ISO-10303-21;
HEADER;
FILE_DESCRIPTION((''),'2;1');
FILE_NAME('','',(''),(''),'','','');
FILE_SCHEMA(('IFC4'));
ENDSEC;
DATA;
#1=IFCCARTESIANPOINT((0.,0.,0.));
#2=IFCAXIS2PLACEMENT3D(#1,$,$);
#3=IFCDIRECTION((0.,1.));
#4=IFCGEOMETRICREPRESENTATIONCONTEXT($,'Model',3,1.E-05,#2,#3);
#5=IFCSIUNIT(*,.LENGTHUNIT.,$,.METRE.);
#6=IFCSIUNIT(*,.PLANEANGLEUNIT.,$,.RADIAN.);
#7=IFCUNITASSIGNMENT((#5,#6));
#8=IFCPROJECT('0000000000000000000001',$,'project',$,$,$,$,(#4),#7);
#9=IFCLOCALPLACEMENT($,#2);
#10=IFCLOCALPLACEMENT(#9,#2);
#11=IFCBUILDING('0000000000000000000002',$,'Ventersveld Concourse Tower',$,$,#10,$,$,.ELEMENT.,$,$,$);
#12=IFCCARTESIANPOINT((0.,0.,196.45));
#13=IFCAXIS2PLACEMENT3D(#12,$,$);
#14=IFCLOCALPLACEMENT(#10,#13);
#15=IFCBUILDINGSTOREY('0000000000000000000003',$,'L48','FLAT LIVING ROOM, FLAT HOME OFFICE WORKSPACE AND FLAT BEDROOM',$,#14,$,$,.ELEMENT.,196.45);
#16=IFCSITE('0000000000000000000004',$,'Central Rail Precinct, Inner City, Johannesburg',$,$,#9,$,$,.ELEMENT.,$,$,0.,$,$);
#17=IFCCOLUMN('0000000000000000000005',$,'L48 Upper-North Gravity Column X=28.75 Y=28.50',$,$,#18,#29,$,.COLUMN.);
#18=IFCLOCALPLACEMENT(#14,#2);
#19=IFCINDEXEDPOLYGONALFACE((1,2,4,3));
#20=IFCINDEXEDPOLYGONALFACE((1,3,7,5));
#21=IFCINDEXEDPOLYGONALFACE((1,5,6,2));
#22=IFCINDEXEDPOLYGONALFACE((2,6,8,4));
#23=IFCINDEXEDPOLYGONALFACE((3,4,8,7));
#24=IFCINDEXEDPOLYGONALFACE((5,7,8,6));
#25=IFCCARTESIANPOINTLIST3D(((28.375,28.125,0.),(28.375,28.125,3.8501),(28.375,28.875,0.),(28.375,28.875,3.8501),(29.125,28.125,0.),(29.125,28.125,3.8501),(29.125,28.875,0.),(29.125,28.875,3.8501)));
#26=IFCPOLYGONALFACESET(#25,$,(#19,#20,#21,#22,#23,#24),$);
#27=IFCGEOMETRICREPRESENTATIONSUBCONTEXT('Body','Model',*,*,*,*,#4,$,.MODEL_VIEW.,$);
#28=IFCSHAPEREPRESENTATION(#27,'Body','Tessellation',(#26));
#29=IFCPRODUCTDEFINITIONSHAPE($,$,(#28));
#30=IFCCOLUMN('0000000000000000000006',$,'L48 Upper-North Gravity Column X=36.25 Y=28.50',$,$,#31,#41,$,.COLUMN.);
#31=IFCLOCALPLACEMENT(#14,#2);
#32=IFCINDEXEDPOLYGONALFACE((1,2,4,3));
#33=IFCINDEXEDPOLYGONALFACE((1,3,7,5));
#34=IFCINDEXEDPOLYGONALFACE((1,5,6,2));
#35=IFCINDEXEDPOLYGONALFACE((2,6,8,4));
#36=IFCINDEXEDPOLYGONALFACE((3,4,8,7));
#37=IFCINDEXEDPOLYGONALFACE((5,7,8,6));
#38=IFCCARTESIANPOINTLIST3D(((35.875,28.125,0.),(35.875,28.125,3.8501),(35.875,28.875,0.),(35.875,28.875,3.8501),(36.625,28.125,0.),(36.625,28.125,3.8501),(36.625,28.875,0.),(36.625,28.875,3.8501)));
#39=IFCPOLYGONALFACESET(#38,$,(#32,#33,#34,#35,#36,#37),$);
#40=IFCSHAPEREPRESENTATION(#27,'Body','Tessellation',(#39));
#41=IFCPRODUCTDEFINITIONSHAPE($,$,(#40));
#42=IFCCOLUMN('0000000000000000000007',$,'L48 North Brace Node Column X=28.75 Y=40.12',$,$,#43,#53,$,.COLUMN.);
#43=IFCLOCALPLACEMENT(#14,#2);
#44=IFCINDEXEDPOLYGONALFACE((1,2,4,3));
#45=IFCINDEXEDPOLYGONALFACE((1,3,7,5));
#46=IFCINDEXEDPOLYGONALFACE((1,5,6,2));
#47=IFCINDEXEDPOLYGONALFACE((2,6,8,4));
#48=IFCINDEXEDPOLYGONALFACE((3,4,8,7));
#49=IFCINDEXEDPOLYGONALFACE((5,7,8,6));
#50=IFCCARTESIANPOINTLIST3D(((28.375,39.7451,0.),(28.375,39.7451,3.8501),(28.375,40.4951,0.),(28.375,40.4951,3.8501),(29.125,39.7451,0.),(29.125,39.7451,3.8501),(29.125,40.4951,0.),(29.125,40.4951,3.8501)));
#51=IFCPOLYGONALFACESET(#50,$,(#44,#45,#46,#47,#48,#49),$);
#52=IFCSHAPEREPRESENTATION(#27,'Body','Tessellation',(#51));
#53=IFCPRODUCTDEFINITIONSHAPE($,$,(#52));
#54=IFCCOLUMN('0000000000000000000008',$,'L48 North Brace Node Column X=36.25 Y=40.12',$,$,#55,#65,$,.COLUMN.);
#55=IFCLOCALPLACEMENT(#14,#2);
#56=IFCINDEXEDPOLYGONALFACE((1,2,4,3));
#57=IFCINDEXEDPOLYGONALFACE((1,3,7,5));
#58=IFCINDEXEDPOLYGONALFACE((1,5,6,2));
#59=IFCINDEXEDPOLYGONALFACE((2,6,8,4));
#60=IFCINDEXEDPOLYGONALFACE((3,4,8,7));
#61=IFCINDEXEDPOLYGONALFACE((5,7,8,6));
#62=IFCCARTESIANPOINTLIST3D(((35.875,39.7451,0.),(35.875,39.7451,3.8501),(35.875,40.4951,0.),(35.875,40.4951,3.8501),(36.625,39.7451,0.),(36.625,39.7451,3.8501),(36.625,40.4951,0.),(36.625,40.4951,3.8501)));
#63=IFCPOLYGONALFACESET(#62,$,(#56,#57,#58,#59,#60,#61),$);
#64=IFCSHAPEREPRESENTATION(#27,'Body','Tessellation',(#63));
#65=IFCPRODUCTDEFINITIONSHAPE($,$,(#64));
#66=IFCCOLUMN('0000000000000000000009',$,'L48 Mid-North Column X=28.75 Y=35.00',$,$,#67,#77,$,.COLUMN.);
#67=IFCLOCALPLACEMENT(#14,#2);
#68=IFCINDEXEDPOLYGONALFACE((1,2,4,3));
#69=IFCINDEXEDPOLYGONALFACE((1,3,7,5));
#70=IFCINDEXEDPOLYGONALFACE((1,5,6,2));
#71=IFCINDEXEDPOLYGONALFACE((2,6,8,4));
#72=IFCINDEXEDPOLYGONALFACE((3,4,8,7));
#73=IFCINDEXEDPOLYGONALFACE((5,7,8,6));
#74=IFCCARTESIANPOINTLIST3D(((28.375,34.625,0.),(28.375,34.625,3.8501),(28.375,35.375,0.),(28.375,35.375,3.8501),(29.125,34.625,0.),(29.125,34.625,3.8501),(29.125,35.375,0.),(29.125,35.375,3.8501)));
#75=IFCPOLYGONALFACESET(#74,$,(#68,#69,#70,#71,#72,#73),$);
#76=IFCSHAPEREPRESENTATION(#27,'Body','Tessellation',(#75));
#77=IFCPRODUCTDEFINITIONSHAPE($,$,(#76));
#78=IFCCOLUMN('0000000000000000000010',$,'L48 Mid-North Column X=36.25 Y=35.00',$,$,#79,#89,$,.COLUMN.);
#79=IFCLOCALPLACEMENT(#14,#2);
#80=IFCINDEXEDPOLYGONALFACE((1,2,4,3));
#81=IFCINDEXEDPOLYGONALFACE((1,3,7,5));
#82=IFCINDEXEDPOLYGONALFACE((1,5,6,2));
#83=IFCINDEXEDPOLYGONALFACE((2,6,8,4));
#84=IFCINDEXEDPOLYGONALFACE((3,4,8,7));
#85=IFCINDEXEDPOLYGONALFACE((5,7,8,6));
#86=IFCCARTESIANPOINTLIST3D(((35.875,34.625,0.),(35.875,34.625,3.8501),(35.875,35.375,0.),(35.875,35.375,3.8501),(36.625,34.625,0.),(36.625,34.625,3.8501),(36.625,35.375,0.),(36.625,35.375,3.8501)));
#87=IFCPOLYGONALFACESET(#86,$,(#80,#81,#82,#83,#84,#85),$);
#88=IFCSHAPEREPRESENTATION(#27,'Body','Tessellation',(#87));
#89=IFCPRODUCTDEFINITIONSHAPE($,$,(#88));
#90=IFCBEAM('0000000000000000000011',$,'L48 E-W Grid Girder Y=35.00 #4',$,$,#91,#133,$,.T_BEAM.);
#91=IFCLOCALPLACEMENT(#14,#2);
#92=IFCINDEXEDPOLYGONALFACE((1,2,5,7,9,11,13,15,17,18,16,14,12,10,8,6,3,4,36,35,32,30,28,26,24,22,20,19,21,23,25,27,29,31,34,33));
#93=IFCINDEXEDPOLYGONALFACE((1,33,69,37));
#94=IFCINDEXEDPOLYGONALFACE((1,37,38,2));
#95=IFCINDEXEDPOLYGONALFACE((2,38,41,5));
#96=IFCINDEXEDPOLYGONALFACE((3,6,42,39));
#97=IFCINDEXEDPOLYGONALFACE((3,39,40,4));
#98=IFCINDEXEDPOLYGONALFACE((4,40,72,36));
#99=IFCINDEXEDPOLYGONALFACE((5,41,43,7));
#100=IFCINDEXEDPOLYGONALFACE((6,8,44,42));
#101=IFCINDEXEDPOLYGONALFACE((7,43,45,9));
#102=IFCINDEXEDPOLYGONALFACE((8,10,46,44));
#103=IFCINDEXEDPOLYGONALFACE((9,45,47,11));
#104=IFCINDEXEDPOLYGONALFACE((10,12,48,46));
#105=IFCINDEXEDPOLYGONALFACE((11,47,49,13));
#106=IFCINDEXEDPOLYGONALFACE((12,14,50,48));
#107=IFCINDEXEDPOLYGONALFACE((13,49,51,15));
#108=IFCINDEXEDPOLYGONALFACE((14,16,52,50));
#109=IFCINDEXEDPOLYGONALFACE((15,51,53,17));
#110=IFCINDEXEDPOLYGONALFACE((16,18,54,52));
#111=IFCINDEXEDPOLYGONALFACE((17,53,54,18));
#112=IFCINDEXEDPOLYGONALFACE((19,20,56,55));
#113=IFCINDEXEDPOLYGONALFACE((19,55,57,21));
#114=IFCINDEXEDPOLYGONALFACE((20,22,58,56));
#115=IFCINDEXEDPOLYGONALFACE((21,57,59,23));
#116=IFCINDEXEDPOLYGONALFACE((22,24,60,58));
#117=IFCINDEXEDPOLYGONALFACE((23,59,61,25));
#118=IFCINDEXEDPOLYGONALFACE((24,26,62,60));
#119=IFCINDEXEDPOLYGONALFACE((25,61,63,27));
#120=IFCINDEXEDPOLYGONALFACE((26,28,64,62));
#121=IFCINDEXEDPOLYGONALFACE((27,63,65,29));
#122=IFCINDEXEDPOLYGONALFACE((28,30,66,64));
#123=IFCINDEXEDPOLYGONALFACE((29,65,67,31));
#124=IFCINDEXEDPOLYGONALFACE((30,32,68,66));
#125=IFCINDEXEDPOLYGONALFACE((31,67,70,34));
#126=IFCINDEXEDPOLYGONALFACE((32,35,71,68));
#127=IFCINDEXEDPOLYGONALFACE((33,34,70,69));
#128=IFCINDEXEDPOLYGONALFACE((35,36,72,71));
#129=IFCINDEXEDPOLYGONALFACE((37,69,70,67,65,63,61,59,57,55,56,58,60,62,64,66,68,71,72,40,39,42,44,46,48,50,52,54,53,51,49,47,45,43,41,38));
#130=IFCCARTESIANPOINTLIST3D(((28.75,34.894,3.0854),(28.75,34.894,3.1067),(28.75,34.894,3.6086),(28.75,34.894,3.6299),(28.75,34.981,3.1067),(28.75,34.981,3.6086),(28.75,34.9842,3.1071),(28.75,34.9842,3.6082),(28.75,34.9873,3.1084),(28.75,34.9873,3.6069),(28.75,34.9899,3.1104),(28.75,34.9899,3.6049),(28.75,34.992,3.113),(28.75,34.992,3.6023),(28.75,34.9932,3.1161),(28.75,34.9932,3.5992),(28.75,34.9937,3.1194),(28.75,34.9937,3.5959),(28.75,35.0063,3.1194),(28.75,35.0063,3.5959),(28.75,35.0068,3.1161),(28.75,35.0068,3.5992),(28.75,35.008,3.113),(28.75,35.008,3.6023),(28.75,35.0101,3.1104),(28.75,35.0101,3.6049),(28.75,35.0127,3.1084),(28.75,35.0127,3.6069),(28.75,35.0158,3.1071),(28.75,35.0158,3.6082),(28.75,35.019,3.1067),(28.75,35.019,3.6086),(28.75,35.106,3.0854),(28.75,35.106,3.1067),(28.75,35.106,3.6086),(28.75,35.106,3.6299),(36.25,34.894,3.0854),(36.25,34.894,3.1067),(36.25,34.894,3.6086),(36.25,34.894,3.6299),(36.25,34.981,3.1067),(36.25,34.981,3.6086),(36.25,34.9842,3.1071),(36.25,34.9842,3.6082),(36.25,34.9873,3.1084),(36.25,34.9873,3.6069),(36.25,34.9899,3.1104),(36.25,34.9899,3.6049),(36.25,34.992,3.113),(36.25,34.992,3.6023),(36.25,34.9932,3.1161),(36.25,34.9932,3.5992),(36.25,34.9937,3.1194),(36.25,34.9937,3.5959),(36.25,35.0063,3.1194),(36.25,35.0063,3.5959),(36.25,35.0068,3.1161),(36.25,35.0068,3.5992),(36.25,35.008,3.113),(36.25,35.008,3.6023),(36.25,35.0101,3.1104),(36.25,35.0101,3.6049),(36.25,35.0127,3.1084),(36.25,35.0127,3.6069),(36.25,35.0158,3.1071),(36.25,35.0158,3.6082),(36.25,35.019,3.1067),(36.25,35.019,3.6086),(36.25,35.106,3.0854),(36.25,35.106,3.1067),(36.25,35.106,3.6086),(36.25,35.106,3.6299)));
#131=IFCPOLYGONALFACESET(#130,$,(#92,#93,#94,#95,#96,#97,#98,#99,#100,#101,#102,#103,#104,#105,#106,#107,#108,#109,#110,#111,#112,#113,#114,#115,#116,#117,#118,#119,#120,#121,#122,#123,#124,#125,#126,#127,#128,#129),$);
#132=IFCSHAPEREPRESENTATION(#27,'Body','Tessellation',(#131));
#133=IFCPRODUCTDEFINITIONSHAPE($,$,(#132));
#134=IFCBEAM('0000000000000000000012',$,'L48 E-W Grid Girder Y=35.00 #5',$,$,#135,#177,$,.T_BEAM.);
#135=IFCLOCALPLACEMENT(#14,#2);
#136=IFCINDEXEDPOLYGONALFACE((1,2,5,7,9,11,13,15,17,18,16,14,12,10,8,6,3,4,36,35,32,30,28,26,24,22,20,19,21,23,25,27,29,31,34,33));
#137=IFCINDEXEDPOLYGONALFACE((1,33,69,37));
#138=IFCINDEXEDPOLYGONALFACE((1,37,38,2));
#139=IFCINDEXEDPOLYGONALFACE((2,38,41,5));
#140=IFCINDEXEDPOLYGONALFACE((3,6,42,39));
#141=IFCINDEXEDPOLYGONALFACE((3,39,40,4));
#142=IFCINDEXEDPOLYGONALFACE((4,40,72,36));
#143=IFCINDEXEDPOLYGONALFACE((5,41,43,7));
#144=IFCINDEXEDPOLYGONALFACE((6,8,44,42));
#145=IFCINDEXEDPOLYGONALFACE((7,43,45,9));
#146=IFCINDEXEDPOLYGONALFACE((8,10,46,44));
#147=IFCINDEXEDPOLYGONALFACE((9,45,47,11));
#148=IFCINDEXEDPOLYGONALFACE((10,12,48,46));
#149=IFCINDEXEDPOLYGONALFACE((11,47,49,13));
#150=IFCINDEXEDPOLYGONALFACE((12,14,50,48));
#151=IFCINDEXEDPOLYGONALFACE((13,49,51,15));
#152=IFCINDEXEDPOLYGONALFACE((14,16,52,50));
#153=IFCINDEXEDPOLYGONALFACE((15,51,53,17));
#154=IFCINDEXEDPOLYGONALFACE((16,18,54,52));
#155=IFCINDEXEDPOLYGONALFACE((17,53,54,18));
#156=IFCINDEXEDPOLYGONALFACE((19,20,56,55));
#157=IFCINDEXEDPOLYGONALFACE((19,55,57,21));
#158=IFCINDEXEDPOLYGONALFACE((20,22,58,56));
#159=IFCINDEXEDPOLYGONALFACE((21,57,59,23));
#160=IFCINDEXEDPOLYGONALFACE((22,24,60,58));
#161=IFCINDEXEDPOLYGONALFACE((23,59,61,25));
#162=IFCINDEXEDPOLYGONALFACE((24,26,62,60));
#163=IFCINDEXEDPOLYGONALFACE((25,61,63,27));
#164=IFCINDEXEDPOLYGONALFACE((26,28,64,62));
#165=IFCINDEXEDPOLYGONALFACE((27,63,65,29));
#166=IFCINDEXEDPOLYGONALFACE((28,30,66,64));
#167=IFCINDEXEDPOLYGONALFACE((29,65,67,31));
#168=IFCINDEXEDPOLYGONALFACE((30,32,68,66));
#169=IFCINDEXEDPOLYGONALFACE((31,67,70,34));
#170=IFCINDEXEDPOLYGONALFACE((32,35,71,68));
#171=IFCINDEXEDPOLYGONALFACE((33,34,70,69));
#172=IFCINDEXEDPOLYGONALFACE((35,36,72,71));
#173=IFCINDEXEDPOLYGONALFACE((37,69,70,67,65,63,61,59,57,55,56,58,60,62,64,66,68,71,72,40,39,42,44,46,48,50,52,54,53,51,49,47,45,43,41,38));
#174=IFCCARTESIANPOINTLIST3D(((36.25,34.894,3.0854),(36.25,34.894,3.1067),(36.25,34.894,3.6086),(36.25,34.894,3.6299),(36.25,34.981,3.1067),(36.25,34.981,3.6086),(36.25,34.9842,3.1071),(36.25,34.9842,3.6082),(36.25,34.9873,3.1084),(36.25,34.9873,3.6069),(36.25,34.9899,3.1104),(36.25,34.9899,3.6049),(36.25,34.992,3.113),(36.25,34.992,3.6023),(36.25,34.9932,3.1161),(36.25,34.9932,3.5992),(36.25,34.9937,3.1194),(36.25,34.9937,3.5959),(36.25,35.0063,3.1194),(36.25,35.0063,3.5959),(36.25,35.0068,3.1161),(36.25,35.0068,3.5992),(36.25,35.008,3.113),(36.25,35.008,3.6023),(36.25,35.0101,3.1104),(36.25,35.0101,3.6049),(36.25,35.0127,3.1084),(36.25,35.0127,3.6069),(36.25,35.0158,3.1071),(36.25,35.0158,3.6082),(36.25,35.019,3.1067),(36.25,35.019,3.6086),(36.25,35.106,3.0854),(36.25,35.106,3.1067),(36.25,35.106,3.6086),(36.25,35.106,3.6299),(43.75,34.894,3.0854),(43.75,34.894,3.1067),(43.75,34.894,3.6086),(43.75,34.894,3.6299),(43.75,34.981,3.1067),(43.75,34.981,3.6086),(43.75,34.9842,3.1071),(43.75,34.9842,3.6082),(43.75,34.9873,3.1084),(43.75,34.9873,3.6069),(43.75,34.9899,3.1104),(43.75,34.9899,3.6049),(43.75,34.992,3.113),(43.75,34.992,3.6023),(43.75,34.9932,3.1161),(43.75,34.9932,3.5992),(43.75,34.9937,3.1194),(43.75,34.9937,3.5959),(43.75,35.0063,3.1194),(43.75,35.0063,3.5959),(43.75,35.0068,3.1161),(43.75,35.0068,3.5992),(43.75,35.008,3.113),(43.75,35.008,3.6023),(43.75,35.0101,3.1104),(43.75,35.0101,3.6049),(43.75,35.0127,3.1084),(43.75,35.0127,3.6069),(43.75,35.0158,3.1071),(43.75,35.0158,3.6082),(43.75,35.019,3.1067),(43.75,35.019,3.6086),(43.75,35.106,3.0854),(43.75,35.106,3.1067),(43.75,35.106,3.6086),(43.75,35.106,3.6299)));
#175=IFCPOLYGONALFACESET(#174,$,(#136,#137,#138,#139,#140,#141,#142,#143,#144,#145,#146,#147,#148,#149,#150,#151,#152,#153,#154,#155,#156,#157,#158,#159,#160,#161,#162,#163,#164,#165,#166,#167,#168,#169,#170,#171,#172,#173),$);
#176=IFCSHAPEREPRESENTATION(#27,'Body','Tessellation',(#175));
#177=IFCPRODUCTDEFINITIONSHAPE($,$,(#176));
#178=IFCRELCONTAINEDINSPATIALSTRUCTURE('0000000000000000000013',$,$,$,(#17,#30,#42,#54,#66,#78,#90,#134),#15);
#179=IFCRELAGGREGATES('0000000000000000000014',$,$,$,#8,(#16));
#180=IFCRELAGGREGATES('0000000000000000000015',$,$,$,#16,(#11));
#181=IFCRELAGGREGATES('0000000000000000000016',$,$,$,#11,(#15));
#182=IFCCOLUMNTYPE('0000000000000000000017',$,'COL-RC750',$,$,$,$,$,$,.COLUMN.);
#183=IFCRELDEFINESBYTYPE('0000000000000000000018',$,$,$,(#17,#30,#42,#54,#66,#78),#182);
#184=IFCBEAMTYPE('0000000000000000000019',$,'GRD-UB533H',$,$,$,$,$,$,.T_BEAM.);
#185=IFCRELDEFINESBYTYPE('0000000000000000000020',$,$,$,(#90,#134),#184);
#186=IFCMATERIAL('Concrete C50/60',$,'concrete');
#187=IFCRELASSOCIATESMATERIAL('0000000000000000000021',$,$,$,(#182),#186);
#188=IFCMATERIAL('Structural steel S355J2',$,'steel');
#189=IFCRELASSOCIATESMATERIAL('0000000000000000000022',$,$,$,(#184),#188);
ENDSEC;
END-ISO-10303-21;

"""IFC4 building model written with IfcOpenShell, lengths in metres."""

from ifc_helpers import new_model, si_unit, direction, frame, origin, origin_2d, place, context, subcontext, project, spatial, rectangle, i_section, extrude, material, material_profile, profile_set, type_object, element, save


model = new_model("IFC4")

# Units and contexts
model_context = context("Model", 3, precision=1e-05, world=origin(), true_north=direction((0.0, 1.0)))
body_context = subcontext(model_context, "Body", "Model", "MODEL_VIEW")
ifc_project = project(units=[si_unit("LENGTHUNIT", "METRE"), si_unit("PLANEANGLEUNIT", "RADIAN")], contexts=[model_context])

# Site, building, storey
site_placement = place(None, origin())
site = spatial("IfcSite", under=ifc_project, at=site_placement, Name="Central Rail Precinct, Inner City, Johannesburg", CompositionType="ELEMENT", RefElevation=0.0)
building_placement = place(site_placement, origin())
building = spatial("IfcBuilding", under=site, at=building_placement, Name="Ventersveld Concourse Tower", CompositionType="ELEMENT")
storey_placement = place(building_placement, frame((0.0, 0.0, 196.45)))
storey = spatial("IfcBuildingStorey", under=building, at=storey_placement, Name="L48", Description="FLAT LIVING ROOM, FLAT HOME OFFICE WORKSPACE AND FLAT BEDROOM", CompositionType="ELEMENT", Elevation=196.45)

# Columns
ifc_material_1 = material(Name="Concrete C50/60", Category="concrete")
ifc_material_profile_1 = material_profile(ifc_material_1, rectangle(XDim=0.75, YDim=0.75, at=origin_2d()), Name="RC 750x750")
ifc_profile_set_1 = profile_set([ifc_material_profile_1], Name="Concrete C50/60")
column_type = type_object("IfcColumnType", Name="COL-RC750", PredefinedType="COLUMN", material=ifc_profile_set_1)
for number, where, z_axis, x_axis, name in (
    (1, (28.75, 28.5, 0.0), (0.0, 0.0, 1.0), (1.0, 0.0, 0.0), "L48 Upper-North Gravity Column X=28.75 Y=28.50"),
    (2, (36.25, 28.5, 0.0), (0.0, 0.0, 1.0), (1.0, 0.0, 0.0), "L48 Upper-North Gravity Column X=36.25 Y=28.50"),
    (3, (28.75, 40.1201, 0.0), (0.0, 0.0, 1.0), (1.0, 0.0, 0.0), "L48 North Brace Node Column X=28.75 Y=40.12"),
    (4, (36.25, 40.1201, 0.0), (0.0, 0.0, 1.0), (1.0, 0.0, 0.0), "L48 North Brace Node Column X=36.25 Y=40.12"),
    (5, (28.75, 35.0, 0.0), (0.0, 0.0, 1.0), (1.0, 0.0, 0.0), "L48 Mid-North Column X=28.75 Y=35.00"),
    (6, (36.25, 35.0, 0.0), (0.0, 0.0, 1.0), (1.0, 0.0, 0.0), "L48 Mid-North Column X=36.25 Y=35.00"),
):
    element("IfcColumn", number, at=place(storey_placement, frame(where, z_axis=z_axis, x_axis=x_axis)), inside=storey, type_object=column_type, Name=name, PredefinedType="COLUMN", context=body_context, shape_type="SweptSolid", body=[
        extrude(rectangle(XDim=0.75, YDim=0.75, at=origin_2d()), origin(), (0.0, 0.0, 1.0), 3.8501),
    ])

# Beams
ifc_material_2 = material(Name="Structural steel S355J2", Category="steel")
ifc_material_profile_2 = material_profile(ifc_material_2, i_section(OverallWidth=0.2119, OverallDepth=0.5444, WebThickness=0.0127, FlangeThickness=0.0212, FilletRadius=0.0127, at=origin_2d()), Name="UB 533x210x122")
ifc_profile_set_2 = profile_set([ifc_material_profile_2], Name="Structural steel S355J2")
beam_type_1 = type_object("IfcBeamType", Name="GRD-UB533H", PredefinedType="T_BEAM", material=ifc_profile_set_2)
for number, where, z_axis, x_axis, name in (
    (7, (28.75, 35.0, 3.3577), (1.0, 0.0, 0.0), (0.0, 1.0, 0.0), "L48 E-W Grid Girder Y=35.00 #4"),
    (8, (36.25, 35.0, 3.3577), (1.0, 0.0, 0.0), (0.0, 1.0, 0.0), "L48 E-W Grid Girder Y=35.00 #5"),
):
    element("IfcBeam", number, at=place(storey_placement, frame(where, z_axis=z_axis, x_axis=x_axis)), inside=storey, type_object=beam_type_1, Name=name, PredefinedType="T_BEAM", context=body_context, shape_type="SweptSolid", body=[
        extrude(i_section(OverallWidth=0.2119, OverallDepth=0.5444, WebThickness=0.0127, FlangeThickness=0.0212, FilletRadius=0.0127, at=origin_2d()), origin(), (0.0, 0.0, 1.0), 7.5),
    ])

save(model, "model.ifc")
